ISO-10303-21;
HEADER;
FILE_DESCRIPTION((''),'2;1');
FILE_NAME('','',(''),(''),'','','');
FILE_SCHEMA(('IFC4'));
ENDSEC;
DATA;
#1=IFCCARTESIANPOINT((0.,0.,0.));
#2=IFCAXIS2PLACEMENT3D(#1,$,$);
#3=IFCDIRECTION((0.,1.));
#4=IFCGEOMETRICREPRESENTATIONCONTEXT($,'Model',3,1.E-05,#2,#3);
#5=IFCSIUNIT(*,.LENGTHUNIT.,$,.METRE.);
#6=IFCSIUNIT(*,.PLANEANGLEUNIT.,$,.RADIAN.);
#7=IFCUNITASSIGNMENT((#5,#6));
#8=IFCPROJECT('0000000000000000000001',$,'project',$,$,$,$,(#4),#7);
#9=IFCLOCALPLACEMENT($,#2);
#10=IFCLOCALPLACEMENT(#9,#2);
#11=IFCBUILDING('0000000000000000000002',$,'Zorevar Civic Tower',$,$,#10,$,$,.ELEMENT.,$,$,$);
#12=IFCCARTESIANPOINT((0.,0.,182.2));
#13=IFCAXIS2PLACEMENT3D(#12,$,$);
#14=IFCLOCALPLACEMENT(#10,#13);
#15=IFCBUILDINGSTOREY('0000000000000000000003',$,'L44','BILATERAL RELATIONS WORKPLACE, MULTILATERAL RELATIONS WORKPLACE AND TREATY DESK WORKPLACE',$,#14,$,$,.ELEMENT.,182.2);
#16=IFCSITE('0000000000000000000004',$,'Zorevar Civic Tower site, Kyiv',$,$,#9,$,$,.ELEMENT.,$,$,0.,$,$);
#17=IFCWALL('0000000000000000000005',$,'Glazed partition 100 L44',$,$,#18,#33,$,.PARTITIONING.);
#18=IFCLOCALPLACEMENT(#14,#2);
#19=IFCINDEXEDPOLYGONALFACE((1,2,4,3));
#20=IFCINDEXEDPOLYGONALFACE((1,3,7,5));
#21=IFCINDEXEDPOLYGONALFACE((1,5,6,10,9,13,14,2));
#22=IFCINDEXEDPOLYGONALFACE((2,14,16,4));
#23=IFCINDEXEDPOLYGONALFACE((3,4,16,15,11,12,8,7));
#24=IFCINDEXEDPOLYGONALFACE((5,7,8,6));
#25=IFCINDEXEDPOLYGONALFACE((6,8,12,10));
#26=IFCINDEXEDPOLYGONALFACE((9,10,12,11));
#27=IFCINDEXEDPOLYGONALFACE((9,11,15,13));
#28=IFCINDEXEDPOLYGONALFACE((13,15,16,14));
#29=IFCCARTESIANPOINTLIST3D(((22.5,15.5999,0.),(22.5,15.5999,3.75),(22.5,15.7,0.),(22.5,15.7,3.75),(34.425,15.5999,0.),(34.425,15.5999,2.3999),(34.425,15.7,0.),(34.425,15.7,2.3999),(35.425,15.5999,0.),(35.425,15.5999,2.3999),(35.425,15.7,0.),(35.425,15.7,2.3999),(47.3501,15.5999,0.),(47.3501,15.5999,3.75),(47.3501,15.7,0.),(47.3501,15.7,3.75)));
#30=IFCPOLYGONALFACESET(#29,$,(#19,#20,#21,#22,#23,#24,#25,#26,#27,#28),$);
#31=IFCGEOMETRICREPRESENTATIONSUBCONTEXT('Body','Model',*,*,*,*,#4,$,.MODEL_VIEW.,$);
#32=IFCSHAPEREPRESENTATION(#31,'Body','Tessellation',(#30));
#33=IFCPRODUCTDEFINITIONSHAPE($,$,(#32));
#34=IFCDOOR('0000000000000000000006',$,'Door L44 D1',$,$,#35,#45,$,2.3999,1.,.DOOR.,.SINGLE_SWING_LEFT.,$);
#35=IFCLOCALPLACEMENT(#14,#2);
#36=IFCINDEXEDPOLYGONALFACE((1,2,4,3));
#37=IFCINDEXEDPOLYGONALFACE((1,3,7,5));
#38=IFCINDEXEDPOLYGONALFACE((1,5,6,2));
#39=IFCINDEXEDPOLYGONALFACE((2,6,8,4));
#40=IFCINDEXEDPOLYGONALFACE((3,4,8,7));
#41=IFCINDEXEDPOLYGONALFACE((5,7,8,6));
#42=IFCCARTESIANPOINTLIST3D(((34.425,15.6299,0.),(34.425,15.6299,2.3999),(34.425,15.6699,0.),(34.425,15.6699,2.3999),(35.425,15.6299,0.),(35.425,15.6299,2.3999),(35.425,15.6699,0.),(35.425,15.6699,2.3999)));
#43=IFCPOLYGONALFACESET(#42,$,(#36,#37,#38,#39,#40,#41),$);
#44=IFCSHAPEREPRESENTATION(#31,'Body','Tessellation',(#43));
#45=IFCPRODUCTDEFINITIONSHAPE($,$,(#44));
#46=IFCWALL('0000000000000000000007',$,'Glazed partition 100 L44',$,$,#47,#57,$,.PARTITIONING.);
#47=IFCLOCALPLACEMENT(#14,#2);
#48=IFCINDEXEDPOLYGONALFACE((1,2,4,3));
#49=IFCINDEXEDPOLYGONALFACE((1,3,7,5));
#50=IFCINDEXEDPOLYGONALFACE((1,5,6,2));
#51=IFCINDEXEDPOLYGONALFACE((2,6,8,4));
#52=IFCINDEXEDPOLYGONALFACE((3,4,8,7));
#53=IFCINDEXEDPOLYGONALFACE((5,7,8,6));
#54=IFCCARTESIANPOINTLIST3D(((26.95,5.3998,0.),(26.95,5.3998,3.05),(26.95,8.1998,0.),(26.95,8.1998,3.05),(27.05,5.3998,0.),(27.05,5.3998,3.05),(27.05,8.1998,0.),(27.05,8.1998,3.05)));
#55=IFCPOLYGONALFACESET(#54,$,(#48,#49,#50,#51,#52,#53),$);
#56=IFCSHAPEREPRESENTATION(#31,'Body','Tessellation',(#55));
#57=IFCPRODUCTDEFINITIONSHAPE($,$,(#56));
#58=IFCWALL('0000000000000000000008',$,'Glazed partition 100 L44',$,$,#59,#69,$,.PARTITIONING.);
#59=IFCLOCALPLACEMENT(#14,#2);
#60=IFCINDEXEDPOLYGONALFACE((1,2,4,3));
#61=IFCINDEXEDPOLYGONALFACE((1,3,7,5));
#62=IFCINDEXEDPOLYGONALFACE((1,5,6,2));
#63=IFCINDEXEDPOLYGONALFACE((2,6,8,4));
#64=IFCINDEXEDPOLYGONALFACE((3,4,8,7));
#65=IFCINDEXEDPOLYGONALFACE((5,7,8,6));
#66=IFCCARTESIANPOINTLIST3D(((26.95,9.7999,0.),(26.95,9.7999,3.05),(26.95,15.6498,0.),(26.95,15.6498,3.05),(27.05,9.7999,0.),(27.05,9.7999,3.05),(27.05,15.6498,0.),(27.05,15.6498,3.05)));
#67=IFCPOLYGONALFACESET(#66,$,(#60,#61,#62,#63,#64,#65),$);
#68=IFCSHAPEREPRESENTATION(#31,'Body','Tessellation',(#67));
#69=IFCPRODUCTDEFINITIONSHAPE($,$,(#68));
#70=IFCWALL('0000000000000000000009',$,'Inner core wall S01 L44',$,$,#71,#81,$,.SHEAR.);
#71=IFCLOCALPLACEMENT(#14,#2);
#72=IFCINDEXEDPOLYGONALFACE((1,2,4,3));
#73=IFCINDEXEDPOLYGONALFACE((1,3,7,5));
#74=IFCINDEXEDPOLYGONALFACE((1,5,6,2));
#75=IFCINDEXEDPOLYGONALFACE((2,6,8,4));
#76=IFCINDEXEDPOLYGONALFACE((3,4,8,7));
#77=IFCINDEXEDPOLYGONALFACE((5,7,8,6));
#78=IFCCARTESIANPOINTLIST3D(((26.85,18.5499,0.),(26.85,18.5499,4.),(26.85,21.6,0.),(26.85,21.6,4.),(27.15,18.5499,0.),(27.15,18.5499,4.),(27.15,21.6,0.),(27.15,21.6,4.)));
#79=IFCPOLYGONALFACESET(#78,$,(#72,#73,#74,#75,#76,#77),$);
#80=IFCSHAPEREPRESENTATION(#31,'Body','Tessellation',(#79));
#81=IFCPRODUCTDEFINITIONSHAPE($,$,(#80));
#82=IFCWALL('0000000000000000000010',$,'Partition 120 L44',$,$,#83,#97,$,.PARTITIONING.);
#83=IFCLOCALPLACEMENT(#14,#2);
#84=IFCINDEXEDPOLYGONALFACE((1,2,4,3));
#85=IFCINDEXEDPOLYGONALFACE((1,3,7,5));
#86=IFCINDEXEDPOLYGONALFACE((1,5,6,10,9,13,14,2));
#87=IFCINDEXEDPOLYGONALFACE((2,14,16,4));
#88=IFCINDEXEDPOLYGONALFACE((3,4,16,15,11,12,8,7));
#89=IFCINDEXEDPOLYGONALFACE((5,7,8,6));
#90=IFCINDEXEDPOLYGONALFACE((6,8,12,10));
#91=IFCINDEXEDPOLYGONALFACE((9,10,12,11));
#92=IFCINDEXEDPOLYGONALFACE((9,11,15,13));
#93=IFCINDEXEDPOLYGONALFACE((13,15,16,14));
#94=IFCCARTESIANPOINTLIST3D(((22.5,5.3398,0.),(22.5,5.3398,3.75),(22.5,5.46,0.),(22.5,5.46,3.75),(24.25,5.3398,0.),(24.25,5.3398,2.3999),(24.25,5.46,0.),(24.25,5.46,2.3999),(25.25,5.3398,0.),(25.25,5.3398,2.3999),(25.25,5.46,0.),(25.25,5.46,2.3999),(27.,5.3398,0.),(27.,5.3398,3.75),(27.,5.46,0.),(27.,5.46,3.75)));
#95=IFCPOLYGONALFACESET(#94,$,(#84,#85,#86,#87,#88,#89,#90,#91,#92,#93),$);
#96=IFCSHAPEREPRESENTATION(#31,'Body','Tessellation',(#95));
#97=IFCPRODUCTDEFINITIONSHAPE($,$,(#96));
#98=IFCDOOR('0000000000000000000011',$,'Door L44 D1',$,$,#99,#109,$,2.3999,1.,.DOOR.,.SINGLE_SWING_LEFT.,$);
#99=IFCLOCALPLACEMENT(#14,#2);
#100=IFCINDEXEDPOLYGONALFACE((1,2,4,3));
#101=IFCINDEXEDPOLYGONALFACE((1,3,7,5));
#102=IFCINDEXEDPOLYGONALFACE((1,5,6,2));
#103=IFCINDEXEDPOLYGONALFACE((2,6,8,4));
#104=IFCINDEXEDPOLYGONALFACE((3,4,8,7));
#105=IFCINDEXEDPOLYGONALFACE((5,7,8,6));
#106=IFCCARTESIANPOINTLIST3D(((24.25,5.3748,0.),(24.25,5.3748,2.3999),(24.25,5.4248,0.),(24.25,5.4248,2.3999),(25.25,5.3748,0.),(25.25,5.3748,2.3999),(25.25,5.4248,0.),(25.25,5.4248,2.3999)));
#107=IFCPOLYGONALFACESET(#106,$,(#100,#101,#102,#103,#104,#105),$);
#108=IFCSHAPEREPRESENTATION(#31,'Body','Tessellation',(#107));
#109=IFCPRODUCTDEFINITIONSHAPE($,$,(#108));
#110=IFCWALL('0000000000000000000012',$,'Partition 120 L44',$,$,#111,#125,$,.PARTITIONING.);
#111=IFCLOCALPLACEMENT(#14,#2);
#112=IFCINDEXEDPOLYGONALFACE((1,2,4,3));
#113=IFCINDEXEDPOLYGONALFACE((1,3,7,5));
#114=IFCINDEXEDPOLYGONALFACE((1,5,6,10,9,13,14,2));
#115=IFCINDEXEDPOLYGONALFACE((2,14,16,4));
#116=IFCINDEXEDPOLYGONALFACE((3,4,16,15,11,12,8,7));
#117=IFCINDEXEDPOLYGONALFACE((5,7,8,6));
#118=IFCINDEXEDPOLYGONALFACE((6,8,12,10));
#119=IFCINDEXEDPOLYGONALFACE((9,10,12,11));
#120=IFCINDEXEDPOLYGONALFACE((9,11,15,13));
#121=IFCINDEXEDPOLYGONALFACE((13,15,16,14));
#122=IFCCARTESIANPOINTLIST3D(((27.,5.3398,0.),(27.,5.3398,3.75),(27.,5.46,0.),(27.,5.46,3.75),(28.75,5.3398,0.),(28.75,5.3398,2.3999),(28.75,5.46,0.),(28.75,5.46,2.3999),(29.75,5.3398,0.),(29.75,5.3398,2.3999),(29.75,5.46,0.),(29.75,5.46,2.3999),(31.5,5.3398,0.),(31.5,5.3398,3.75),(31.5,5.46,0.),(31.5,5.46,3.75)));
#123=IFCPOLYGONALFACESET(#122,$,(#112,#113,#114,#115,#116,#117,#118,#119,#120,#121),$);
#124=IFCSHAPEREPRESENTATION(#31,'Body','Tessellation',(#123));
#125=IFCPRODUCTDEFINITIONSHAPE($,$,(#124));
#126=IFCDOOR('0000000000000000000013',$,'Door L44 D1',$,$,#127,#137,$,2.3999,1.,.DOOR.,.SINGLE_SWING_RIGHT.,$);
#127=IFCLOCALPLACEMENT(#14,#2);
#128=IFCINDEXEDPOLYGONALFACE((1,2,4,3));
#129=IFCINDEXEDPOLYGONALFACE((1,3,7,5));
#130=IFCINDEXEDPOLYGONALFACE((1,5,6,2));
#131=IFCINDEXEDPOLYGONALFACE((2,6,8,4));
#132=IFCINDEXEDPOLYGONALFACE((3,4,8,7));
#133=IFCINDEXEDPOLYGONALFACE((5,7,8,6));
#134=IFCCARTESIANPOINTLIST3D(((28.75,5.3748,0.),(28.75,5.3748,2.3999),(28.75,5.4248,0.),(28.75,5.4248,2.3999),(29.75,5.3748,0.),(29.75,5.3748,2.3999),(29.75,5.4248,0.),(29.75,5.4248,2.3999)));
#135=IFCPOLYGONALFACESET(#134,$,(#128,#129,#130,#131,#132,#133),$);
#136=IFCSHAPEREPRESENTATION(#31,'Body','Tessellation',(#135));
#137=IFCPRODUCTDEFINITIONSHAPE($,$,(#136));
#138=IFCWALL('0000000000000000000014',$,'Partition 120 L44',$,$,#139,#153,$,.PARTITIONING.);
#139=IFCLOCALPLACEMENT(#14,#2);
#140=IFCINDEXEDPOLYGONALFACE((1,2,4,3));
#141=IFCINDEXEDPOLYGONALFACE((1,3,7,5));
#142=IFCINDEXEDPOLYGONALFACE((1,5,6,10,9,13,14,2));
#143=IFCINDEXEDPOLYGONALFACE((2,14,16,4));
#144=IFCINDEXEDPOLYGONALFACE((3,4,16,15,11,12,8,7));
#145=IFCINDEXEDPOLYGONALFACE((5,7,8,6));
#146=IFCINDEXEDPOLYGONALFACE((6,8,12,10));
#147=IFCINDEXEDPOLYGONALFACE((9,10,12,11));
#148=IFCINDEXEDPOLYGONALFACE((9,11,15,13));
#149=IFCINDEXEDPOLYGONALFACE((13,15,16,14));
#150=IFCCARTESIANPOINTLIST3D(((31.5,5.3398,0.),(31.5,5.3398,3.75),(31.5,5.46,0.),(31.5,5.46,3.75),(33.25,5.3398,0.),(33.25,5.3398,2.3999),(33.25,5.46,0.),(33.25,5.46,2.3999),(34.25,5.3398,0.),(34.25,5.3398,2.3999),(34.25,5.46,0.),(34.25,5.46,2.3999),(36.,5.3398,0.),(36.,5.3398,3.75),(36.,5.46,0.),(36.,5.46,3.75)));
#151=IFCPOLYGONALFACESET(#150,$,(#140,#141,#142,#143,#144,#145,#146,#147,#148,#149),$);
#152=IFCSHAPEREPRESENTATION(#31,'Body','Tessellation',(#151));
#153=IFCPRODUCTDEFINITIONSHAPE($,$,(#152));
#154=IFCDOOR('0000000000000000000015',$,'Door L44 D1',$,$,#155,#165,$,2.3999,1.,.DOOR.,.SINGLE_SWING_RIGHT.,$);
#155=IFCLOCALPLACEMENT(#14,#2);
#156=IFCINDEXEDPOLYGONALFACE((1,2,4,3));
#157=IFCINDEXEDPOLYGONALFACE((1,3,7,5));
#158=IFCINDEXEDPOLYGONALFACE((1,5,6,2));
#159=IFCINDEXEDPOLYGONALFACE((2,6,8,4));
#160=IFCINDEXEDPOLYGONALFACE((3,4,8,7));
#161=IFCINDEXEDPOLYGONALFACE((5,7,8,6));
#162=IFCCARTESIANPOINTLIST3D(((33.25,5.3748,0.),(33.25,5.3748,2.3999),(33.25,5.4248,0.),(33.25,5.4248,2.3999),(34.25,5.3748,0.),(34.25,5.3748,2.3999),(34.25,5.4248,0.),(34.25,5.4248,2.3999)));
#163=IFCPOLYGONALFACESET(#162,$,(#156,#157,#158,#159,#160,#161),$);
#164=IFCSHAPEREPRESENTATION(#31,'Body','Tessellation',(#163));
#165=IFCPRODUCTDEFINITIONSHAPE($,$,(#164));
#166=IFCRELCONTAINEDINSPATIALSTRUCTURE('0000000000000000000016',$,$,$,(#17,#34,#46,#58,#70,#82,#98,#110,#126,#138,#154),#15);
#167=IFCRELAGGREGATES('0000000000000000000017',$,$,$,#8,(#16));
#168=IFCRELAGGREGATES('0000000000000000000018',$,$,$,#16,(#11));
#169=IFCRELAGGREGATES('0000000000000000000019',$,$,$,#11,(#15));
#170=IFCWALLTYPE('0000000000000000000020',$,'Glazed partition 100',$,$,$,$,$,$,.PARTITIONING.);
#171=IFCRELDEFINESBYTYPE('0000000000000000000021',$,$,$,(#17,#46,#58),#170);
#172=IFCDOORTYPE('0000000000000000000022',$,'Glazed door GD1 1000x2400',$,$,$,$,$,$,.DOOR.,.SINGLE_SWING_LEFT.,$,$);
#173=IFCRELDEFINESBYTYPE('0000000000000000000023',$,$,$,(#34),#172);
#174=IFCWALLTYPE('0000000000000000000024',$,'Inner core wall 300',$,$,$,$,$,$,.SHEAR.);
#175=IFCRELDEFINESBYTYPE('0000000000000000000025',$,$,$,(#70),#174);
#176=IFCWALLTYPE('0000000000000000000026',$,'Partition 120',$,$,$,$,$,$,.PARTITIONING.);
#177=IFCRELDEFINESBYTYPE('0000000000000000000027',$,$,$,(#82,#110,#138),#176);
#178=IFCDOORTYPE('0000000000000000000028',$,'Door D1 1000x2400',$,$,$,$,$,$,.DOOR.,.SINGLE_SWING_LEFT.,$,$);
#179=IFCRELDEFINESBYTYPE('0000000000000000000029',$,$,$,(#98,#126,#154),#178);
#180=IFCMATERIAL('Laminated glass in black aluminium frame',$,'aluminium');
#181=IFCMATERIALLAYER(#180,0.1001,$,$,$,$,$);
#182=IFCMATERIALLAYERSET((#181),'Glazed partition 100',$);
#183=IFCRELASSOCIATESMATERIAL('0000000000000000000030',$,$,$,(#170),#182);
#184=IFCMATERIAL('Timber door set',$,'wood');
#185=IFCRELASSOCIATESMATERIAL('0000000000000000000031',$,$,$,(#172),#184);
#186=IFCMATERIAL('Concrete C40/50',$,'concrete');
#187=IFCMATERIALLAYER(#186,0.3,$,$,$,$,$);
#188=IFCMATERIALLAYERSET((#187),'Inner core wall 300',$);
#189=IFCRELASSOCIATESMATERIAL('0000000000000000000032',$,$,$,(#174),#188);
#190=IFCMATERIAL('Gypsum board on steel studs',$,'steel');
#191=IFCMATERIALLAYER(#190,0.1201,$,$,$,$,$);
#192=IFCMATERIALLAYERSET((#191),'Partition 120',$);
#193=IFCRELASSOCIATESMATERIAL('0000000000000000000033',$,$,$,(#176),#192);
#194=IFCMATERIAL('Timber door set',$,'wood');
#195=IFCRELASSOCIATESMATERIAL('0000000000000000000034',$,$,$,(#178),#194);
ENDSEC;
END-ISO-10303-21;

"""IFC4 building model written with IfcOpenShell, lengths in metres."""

from ifc_helpers import new_model, si_unit, direction, frame, frame_2d, origin, place, context, subcontext, project, spatial, rectangle, extrude, material, layer, layer_set, type_object, element, fill, save


model = new_model("IFC4")

# Units and contexts
model_context = context("Model", 3, precision=1e-05, world=origin(), true_north=direction((0.0, 1.0)))
body_context = subcontext(model_context, "Body", "Model", "MODEL_VIEW")
ifc_project = project(units=[si_unit("LENGTHUNIT", "METRE"), si_unit("PLANEANGLEUNIT", "RADIAN")], contexts=[model_context])

# Site, building, storey
site_placement = place(None, origin())
site = spatial("IfcSite", under=ifc_project, at=site_placement, Name="Zorevar Civic Tower site, Kyiv", CompositionType="ELEMENT", RefElevation=0.0)
building_placement = place(site_placement, origin())
building = spatial("IfcBuilding", under=site, at=building_placement, Name="Zorevar Civic Tower", CompositionType="ELEMENT")
storey_placement = place(building_placement, frame((0.0, 0.0, 182.2)))
storey = spatial("IfcBuildingStorey", under=building, at=storey_placement, Name="L44", Description="BILATERAL RELATIONS WORKPLACE, MULTILATERAL RELATIONS WORKPLACE AND TREATY DESK WORKPLACE", CompositionType="ELEMENT", Elevation=182.2)

# Wall, opening, door
ifc_material_1 = material(Name="Laminated glass in black aluminium frame", Category="aluminium")
ifc_layer_1 = layer(ifc_material_1, 0.1001)
ifc_layer_set_1 = layer_set([ifc_layer_1], Name="Glazed partition 100")
wall_type_1 = type_object("IfcWallType", Name="Glazed partition 100", PredefinedType="PARTITIONING", material=ifc_layer_set_1)
wall_1_placement = place(storey_placement, frame((22.5, 15.6499, 0.0), z_axis=(0.0, 0.0, 1.0), x_axis=(1.0, 0.0, 0.0)))
wall_1 = element("IfcWall", 1, at=wall_1_placement, inside=storey, type_object=wall_type_1, Name="Glazed partition 100 L44", PredefinedType="PARTITIONING", context=body_context, shape_type="SweptSolid", body=[
    extrude(rectangle(XDim=24.8501, YDim=0.1001, at=frame_2d((12.425, 0.0))), origin(), (0.0, 0.0, 1.0), 3.75),
])
opening_1_placement = place(wall_1_placement, frame((11.925, 0.0, 0.0)))
opening_1 = element("IfcOpeningElement", 2, at=opening_1_placement, cuts=wall_1, PredefinedType="OPENING", context=body_context, shape_type="SweptSolid", body=[
    extrude(rectangle(XDim=1.0, YDim=2.3999, at=frame_2d((0.5, 1.2))), frame((0.0, 0.0601, 0.0), z_axis=(0.0, -1.0, 0.0), x_axis=(1.0, 0.0, 0.0)), (0.0, 0.0, 1.0), 0.1201),
])
ifc_material_2 = material(Name="Timber door set", Category="wood")
door_type_1 = type_object("IfcDoorType", Name="Glazed door GD1 1000x2400", OperationType="SINGLE_SWING_LEFT", PredefinedType="DOOR", material=ifc_material_2)
door_1_placement = place(opening_1_placement, origin())
door_1 = element("IfcDoor", 3, at=door_1_placement, inside=storey, type_object=door_type_1, Name="Door L44 D1", OperationType="SINGLE_SWING_LEFT", OverallHeight=2.3999, OverallWidth=1.0, PredefinedType="DOOR", context=body_context, shape_type="SweptSolid", body=[
    extrude(rectangle(XDim=1.0, YDim=2.3999, at=frame_2d((0.5, 1.2))), frame((0.0, 0.02, 0.0), z_axis=(0.0, -1.0, 0.0), x_axis=(1.0, 0.0, 0.0)), (0.0, 0.0, 1.0), 0.04),
])
fill(opening_1, door_1)

# Walls
wall_2_placement = place(storey_placement, frame((27.0, 5.3999, 0.0), z_axis=(0.0, 0.0, 1.0), x_axis=(0.0, 1.0, 0.0)))
element("IfcWall", 4, at=wall_2_placement, inside=storey, type_object=wall_type_1, Name="Glazed partition 100 L44", PredefinedType="PARTITIONING", context=body_context, shape_type="SweptSolid", body=[
    extrude(rectangle(XDim=2.8, YDim=0.1001, at=frame_2d((1.3999, 0.0))), origin(), (0.0, 0.0, 1.0), 3.05),
])
wall_3_placement = place(storey_placement, frame((27.0, 9.8, 0.0), z_axis=(0.0, 0.0, 1.0), x_axis=(0.0, 1.0, 0.0)))
element("IfcWall", 5, at=wall_3_placement, inside=storey, type_object=wall_type_1, Name="Glazed partition 100 L44", PredefinedType="PARTITIONING", context=body_context, shape_type="SweptSolid", body=[
    extrude(rectangle(XDim=5.8499, YDim=0.1001, at=frame_2d((2.9248, 0.0))), origin(), (0.0, 0.0, 1.0), 3.05),
])
ifc_material_3 = material(Name="Concrete C40/50", Category="concrete")
ifc_layer_2 = layer(ifc_material_3, 0.3)
ifc_layer_set_2 = layer_set([ifc_layer_2], Name="Inner core wall 300")
wall_type_2 = type_object("IfcWallType", Name="Inner core wall 300", PredefinedType="SHEAR", material=ifc_layer_set_2)
wall_4_placement = place(storey_placement, frame((27.0, 18.55, 0.0), z_axis=(0.0, 0.0, 1.0), x_axis=(0.0, 1.0, 0.0)))
element("IfcWall", 6, at=wall_4_placement, inside=storey, type_object=wall_type_2, Name="Inner core wall S01 L44", PredefinedType="SHEAR", context=body_context, shape_type="SweptSolid", body=[
    extrude(rectangle(XDim=3.05, YDim=0.3, at=frame_2d((1.5249, 0.0))), origin(), (0.0, 0.0, 1.0), 4.0),
])

# Walls, openings, doors
ifc_material_4 = material(Name="Gypsum board on steel studs", Category="steel")
ifc_layer_3 = layer(ifc_material_4, 0.1201)
ifc_layer_set_3 = layer_set([ifc_layer_3], Name="Partition 120")
wall_type_3 = type_object("IfcWallType", Name="Partition 120", PredefinedType="PARTITIONING", material=ifc_layer_set_3)
wall_5_placement = place(storey_placement, frame((22.5, 5.3999, 0.0), z_axis=(0.0, 0.0, 1.0), x_axis=(1.0, 0.0, 0.0)))
wall_5 = element("IfcWall", 7, at=wall_5_placement, inside=storey, type_object=wall_type_3, Name="Partition 120 L44", PredefinedType="PARTITIONING", context=body_context, shape_type="SweptSolid", body=[
    extrude(rectangle(XDim=4.5, YDim=0.1201, at=frame_2d((2.25, 0.0))), origin(), (0.0, 0.0, 1.0), 3.75),
])
opening_2_placement = place(wall_5_placement, frame((1.75, 0.0, 0.0)))
opening_2 = element("IfcOpeningElement", 8, at=opening_2_placement, cuts=wall_5, PredefinedType="OPENING", context=body_context, shape_type="SweptSolid", body=[
    extrude(rectangle(XDim=1.0, YDim=2.3999, at=frame_2d((0.5, 1.2))), frame((0.0, 0.0701, 0.0), z_axis=(0.0, -1.0, 0.0), x_axis=(1.0, 0.0, 0.0)), (0.0, 0.0, 1.0), 0.1401),
])
ifc_material_5 = material(Name="Timber door set", Category="wood")
door_type_2 = type_object("IfcDoorType", Name="Door D1 1000x2400", OperationType="SINGLE_SWING_LEFT", PredefinedType="DOOR", material=ifc_material_5)
door_2_placement = place(opening_2_placement, origin())
door_2 = element("IfcDoor", 9, at=door_2_placement, inside=storey, type_object=door_type_2, Name="Door L44 D1", OperationType="SINGLE_SWING_LEFT", OverallHeight=2.3999, OverallWidth=1.0, PredefinedType="DOOR", context=body_context, shape_type="SweptSolid", body=[
    extrude(rectangle(XDim=1.0, YDim=2.3999, at=frame_2d((0.5, 1.2))), frame((0.0, 0.0249, 0.0), z_axis=(0.0, -1.0, 0.0), x_axis=(1.0, 0.0, 0.0)), (0.0, 0.0, 1.0), 0.05),
])
fill(opening_2, door_2)
wall_6_placement = place(storey_placement, frame((27.0, 5.3999, 0.0), z_axis=(0.0, 0.0, 1.0), x_axis=(1.0, 0.0, 0.0)))
wall_6 = element("IfcWall", 10, at=wall_6_placement, inside=storey, type_object=wall_type_3, Name="Partition 120 L44", PredefinedType="PARTITIONING", context=body_context, shape_type="SweptSolid", body=[
    extrude(rectangle(XDim=4.5, YDim=0.1201, at=frame_2d((2.25, 0.0))), origin(), (0.0, 0.0, 1.0), 3.75),
])
opening_3_placement = place(wall_6_placement, frame((1.75, 0.0, 0.0)))
opening_3 = element("IfcOpeningElement", 11, at=opening_3_placement, cuts=wall_6, PredefinedType="OPENING", context=body_context, shape_type="SweptSolid", body=[
    extrude(rectangle(XDim=1.0, YDim=2.3999, at=frame_2d((0.5, 1.2))), frame((0.0, 0.0701, 0.0), z_axis=(0.0, -1.0, 0.0), x_axis=(1.0, 0.0, 0.0)), (0.0, 0.0, 1.0), 0.1401),
])
door_3_placement = place(opening_3_placement, origin())
door_3 = element("IfcDoor", 12, at=door_3_placement, inside=storey, type_object=door_type_2, Name="Door L44 D1", OperationType="SINGLE_SWING_RIGHT", OverallHeight=2.3999, OverallWidth=1.0, PredefinedType="DOOR", context=body_context, shape_type="SweptSolid", body=[
    extrude(rectangle(XDim=1.0, YDim=2.3999, at=frame_2d((0.5, 1.2))), frame((0.0, 0.0249, 0.0), z_axis=(0.0, -1.0, 0.0), x_axis=(1.0, 0.0, 0.0)), (0.0, 0.0, 1.0), 0.05),
])
fill(opening_3, door_3)
wall_7_placement = place(storey_placement, frame((31.5, 5.3999, 0.0), z_axis=(0.0, 0.0, 1.0), x_axis=(1.0, 0.0, 0.0)))
wall_7 = element("IfcWall", 13, at=wall_7_placement, inside=storey, type_object=wall_type_3, Name="Partition 120 L44", PredefinedType="PARTITIONING", context=body_context, shape_type="SweptSolid", body=[
    extrude(rectangle(XDim=4.5, YDim=0.1201, at=frame_2d((2.25, 0.0))), origin(), (0.0, 0.0, 1.0), 3.75),
])
opening_4_placement = place(wall_7_placement, frame((1.75, 0.0, 0.0)))
opening_4 = element("IfcOpeningElement", 14, at=opening_4_placement, cuts=wall_7, PredefinedType="OPENING", context=body_context, shape_type="SweptSolid", body=[
    extrude(rectangle(XDim=1.0, YDim=2.3999, at=frame_2d((0.5, 1.2))), frame((0.0, 0.0701, 0.0), z_axis=(0.0, -1.0, 0.0), x_axis=(1.0, 0.0, 0.0)), (0.0, 0.0, 1.0), 0.1401),
])
door_4_placement = place(opening_4_placement, origin())
door_4 = element("IfcDoor", 15, at=door_4_placement, inside=storey, type_object=door_type_2, Name="Door L44 D1", OperationType="SINGLE_SWING_RIGHT", OverallHeight=2.3999, OverallWidth=1.0, PredefinedType="DOOR", context=body_context, shape_type="SweptSolid", body=[
    extrude(rectangle(XDim=1.0, YDim=2.3999, at=frame_2d((0.5, 1.2))), frame((0.0, 0.0249, 0.0), z_axis=(0.0, -1.0, 0.0), x_axis=(1.0, 0.0, 0.0)), (0.0, 0.0, 1.0), 0.05),
])
fill(opening_4, door_4)

save(model, "model.ifc")
